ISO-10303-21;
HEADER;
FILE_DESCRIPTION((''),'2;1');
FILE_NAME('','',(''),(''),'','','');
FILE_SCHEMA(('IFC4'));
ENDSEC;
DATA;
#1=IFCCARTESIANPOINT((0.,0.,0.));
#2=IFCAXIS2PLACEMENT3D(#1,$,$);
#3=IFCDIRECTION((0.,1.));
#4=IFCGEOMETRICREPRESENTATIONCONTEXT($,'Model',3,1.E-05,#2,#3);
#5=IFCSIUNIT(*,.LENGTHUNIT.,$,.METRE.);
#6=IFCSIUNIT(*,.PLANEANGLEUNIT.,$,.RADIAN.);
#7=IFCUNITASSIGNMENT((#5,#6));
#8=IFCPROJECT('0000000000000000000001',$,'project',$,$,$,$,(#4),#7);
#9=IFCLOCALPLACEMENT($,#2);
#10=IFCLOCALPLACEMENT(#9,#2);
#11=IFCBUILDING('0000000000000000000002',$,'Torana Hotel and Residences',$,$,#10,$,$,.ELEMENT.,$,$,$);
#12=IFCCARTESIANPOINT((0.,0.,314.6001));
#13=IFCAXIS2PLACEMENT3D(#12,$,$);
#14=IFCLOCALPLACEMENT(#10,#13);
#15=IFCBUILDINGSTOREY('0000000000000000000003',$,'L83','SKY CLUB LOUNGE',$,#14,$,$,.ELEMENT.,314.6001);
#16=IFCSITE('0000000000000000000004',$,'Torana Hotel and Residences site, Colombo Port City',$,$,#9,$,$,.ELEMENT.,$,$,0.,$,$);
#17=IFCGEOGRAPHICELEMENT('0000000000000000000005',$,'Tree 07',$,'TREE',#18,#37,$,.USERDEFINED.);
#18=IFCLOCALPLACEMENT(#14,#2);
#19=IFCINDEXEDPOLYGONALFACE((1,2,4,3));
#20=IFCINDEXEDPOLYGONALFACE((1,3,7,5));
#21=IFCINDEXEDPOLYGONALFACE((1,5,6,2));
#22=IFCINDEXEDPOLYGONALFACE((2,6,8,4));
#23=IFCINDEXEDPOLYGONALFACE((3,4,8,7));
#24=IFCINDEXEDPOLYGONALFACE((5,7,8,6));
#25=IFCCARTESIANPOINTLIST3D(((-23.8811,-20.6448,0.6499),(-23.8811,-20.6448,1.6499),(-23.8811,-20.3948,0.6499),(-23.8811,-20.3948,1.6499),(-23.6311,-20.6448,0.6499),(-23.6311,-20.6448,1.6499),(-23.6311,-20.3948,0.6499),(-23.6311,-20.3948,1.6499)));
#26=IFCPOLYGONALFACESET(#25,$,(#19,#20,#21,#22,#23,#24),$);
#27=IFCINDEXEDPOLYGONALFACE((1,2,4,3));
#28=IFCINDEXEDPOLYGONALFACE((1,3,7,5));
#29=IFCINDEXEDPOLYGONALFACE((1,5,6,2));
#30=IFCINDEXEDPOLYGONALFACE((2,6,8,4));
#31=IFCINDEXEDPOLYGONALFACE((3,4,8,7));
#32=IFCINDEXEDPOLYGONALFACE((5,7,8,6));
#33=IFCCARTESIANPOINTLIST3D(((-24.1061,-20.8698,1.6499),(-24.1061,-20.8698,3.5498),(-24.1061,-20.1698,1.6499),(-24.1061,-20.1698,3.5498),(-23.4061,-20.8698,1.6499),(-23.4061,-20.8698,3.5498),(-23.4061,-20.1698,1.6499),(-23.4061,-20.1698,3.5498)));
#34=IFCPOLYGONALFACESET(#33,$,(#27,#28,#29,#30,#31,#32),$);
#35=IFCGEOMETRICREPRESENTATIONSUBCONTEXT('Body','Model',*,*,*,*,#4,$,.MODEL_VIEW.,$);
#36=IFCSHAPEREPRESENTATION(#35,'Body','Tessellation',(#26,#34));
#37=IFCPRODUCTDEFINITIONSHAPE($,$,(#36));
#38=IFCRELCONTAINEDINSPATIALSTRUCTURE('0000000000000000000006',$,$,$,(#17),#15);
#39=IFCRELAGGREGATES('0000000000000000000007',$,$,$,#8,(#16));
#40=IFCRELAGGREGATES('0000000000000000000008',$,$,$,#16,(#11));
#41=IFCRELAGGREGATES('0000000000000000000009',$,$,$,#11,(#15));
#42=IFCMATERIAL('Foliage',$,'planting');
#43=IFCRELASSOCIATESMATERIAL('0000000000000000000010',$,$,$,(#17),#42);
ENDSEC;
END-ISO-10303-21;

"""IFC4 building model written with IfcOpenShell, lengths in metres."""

from ifc_helpers import new_model, si_unit, direction, frame, origin, origin_2d, place, context, subcontext, project, spatial, rectangle, extrude, material, element, save


model = new_model("IFC4")

# Units and contexts
model_context = context("Model", 3, precision=1e-05, world=origin(), true_north=direction((0.0, 1.0)))
body_context = subcontext(model_context, "Body", "Model", "MODEL_VIEW")
ifc_project = project(units=[si_unit("LENGTHUNIT", "METRE"), si_unit("PLANEANGLEUNIT", "RADIAN")], contexts=[model_context])

# Site, building, storey
site_placement = place(None, origin())
site = spatial("IfcSite", under=ifc_project, at=site_placement, Name="Torana Hotel and Residences site, Colombo Port City", CompositionType="ELEMENT", RefElevation=0.0)
building_placement = place(site_placement, origin())
building = spatial("IfcBuilding", under=site, at=building_placement, Name="Torana Hotel and Residences", CompositionType="ELEMENT")
storey_placement = place(building_placement, frame((0.0, 0.0, 314.6001)))
storey = spatial("IfcBuildingStorey", under=building, at=storey_placement, Name="L83", Description="SKY CLUB LOUNGE", CompositionType="ELEMENT", Elevation=314.6001)

# Geographic element
ifc_material_1 = material(Name="Foliage", Category="planting")
geographic_element_placement = place(storey_placement, frame((-23.7561, -20.5198, 0.6499), z_axis=(0.0, 0.0, 1.0), x_axis=(1.0, 0.0, 0.0)))
element("IfcGeographicElement", 1, at=geographic_element_placement, inside=storey, material=ifc_material_1, Name="Tree 07", ObjectType="TREE", PredefinedType="USERDEFINED", context=body_context, shape_type="SweptSolid", body=[
    extrude(rectangle(XDim=0.25, YDim=0.25, at=origin_2d()), origin(), (0.0, 0.0, 1.0), 1.0),
    extrude(rectangle(XDim=0.7, YDim=0.7, at=origin_2d()), frame((0.0, 0.0, 1.0)), (0.0, 0.0, 1.0), 1.8999),
])

save(model, "model.ifc")
